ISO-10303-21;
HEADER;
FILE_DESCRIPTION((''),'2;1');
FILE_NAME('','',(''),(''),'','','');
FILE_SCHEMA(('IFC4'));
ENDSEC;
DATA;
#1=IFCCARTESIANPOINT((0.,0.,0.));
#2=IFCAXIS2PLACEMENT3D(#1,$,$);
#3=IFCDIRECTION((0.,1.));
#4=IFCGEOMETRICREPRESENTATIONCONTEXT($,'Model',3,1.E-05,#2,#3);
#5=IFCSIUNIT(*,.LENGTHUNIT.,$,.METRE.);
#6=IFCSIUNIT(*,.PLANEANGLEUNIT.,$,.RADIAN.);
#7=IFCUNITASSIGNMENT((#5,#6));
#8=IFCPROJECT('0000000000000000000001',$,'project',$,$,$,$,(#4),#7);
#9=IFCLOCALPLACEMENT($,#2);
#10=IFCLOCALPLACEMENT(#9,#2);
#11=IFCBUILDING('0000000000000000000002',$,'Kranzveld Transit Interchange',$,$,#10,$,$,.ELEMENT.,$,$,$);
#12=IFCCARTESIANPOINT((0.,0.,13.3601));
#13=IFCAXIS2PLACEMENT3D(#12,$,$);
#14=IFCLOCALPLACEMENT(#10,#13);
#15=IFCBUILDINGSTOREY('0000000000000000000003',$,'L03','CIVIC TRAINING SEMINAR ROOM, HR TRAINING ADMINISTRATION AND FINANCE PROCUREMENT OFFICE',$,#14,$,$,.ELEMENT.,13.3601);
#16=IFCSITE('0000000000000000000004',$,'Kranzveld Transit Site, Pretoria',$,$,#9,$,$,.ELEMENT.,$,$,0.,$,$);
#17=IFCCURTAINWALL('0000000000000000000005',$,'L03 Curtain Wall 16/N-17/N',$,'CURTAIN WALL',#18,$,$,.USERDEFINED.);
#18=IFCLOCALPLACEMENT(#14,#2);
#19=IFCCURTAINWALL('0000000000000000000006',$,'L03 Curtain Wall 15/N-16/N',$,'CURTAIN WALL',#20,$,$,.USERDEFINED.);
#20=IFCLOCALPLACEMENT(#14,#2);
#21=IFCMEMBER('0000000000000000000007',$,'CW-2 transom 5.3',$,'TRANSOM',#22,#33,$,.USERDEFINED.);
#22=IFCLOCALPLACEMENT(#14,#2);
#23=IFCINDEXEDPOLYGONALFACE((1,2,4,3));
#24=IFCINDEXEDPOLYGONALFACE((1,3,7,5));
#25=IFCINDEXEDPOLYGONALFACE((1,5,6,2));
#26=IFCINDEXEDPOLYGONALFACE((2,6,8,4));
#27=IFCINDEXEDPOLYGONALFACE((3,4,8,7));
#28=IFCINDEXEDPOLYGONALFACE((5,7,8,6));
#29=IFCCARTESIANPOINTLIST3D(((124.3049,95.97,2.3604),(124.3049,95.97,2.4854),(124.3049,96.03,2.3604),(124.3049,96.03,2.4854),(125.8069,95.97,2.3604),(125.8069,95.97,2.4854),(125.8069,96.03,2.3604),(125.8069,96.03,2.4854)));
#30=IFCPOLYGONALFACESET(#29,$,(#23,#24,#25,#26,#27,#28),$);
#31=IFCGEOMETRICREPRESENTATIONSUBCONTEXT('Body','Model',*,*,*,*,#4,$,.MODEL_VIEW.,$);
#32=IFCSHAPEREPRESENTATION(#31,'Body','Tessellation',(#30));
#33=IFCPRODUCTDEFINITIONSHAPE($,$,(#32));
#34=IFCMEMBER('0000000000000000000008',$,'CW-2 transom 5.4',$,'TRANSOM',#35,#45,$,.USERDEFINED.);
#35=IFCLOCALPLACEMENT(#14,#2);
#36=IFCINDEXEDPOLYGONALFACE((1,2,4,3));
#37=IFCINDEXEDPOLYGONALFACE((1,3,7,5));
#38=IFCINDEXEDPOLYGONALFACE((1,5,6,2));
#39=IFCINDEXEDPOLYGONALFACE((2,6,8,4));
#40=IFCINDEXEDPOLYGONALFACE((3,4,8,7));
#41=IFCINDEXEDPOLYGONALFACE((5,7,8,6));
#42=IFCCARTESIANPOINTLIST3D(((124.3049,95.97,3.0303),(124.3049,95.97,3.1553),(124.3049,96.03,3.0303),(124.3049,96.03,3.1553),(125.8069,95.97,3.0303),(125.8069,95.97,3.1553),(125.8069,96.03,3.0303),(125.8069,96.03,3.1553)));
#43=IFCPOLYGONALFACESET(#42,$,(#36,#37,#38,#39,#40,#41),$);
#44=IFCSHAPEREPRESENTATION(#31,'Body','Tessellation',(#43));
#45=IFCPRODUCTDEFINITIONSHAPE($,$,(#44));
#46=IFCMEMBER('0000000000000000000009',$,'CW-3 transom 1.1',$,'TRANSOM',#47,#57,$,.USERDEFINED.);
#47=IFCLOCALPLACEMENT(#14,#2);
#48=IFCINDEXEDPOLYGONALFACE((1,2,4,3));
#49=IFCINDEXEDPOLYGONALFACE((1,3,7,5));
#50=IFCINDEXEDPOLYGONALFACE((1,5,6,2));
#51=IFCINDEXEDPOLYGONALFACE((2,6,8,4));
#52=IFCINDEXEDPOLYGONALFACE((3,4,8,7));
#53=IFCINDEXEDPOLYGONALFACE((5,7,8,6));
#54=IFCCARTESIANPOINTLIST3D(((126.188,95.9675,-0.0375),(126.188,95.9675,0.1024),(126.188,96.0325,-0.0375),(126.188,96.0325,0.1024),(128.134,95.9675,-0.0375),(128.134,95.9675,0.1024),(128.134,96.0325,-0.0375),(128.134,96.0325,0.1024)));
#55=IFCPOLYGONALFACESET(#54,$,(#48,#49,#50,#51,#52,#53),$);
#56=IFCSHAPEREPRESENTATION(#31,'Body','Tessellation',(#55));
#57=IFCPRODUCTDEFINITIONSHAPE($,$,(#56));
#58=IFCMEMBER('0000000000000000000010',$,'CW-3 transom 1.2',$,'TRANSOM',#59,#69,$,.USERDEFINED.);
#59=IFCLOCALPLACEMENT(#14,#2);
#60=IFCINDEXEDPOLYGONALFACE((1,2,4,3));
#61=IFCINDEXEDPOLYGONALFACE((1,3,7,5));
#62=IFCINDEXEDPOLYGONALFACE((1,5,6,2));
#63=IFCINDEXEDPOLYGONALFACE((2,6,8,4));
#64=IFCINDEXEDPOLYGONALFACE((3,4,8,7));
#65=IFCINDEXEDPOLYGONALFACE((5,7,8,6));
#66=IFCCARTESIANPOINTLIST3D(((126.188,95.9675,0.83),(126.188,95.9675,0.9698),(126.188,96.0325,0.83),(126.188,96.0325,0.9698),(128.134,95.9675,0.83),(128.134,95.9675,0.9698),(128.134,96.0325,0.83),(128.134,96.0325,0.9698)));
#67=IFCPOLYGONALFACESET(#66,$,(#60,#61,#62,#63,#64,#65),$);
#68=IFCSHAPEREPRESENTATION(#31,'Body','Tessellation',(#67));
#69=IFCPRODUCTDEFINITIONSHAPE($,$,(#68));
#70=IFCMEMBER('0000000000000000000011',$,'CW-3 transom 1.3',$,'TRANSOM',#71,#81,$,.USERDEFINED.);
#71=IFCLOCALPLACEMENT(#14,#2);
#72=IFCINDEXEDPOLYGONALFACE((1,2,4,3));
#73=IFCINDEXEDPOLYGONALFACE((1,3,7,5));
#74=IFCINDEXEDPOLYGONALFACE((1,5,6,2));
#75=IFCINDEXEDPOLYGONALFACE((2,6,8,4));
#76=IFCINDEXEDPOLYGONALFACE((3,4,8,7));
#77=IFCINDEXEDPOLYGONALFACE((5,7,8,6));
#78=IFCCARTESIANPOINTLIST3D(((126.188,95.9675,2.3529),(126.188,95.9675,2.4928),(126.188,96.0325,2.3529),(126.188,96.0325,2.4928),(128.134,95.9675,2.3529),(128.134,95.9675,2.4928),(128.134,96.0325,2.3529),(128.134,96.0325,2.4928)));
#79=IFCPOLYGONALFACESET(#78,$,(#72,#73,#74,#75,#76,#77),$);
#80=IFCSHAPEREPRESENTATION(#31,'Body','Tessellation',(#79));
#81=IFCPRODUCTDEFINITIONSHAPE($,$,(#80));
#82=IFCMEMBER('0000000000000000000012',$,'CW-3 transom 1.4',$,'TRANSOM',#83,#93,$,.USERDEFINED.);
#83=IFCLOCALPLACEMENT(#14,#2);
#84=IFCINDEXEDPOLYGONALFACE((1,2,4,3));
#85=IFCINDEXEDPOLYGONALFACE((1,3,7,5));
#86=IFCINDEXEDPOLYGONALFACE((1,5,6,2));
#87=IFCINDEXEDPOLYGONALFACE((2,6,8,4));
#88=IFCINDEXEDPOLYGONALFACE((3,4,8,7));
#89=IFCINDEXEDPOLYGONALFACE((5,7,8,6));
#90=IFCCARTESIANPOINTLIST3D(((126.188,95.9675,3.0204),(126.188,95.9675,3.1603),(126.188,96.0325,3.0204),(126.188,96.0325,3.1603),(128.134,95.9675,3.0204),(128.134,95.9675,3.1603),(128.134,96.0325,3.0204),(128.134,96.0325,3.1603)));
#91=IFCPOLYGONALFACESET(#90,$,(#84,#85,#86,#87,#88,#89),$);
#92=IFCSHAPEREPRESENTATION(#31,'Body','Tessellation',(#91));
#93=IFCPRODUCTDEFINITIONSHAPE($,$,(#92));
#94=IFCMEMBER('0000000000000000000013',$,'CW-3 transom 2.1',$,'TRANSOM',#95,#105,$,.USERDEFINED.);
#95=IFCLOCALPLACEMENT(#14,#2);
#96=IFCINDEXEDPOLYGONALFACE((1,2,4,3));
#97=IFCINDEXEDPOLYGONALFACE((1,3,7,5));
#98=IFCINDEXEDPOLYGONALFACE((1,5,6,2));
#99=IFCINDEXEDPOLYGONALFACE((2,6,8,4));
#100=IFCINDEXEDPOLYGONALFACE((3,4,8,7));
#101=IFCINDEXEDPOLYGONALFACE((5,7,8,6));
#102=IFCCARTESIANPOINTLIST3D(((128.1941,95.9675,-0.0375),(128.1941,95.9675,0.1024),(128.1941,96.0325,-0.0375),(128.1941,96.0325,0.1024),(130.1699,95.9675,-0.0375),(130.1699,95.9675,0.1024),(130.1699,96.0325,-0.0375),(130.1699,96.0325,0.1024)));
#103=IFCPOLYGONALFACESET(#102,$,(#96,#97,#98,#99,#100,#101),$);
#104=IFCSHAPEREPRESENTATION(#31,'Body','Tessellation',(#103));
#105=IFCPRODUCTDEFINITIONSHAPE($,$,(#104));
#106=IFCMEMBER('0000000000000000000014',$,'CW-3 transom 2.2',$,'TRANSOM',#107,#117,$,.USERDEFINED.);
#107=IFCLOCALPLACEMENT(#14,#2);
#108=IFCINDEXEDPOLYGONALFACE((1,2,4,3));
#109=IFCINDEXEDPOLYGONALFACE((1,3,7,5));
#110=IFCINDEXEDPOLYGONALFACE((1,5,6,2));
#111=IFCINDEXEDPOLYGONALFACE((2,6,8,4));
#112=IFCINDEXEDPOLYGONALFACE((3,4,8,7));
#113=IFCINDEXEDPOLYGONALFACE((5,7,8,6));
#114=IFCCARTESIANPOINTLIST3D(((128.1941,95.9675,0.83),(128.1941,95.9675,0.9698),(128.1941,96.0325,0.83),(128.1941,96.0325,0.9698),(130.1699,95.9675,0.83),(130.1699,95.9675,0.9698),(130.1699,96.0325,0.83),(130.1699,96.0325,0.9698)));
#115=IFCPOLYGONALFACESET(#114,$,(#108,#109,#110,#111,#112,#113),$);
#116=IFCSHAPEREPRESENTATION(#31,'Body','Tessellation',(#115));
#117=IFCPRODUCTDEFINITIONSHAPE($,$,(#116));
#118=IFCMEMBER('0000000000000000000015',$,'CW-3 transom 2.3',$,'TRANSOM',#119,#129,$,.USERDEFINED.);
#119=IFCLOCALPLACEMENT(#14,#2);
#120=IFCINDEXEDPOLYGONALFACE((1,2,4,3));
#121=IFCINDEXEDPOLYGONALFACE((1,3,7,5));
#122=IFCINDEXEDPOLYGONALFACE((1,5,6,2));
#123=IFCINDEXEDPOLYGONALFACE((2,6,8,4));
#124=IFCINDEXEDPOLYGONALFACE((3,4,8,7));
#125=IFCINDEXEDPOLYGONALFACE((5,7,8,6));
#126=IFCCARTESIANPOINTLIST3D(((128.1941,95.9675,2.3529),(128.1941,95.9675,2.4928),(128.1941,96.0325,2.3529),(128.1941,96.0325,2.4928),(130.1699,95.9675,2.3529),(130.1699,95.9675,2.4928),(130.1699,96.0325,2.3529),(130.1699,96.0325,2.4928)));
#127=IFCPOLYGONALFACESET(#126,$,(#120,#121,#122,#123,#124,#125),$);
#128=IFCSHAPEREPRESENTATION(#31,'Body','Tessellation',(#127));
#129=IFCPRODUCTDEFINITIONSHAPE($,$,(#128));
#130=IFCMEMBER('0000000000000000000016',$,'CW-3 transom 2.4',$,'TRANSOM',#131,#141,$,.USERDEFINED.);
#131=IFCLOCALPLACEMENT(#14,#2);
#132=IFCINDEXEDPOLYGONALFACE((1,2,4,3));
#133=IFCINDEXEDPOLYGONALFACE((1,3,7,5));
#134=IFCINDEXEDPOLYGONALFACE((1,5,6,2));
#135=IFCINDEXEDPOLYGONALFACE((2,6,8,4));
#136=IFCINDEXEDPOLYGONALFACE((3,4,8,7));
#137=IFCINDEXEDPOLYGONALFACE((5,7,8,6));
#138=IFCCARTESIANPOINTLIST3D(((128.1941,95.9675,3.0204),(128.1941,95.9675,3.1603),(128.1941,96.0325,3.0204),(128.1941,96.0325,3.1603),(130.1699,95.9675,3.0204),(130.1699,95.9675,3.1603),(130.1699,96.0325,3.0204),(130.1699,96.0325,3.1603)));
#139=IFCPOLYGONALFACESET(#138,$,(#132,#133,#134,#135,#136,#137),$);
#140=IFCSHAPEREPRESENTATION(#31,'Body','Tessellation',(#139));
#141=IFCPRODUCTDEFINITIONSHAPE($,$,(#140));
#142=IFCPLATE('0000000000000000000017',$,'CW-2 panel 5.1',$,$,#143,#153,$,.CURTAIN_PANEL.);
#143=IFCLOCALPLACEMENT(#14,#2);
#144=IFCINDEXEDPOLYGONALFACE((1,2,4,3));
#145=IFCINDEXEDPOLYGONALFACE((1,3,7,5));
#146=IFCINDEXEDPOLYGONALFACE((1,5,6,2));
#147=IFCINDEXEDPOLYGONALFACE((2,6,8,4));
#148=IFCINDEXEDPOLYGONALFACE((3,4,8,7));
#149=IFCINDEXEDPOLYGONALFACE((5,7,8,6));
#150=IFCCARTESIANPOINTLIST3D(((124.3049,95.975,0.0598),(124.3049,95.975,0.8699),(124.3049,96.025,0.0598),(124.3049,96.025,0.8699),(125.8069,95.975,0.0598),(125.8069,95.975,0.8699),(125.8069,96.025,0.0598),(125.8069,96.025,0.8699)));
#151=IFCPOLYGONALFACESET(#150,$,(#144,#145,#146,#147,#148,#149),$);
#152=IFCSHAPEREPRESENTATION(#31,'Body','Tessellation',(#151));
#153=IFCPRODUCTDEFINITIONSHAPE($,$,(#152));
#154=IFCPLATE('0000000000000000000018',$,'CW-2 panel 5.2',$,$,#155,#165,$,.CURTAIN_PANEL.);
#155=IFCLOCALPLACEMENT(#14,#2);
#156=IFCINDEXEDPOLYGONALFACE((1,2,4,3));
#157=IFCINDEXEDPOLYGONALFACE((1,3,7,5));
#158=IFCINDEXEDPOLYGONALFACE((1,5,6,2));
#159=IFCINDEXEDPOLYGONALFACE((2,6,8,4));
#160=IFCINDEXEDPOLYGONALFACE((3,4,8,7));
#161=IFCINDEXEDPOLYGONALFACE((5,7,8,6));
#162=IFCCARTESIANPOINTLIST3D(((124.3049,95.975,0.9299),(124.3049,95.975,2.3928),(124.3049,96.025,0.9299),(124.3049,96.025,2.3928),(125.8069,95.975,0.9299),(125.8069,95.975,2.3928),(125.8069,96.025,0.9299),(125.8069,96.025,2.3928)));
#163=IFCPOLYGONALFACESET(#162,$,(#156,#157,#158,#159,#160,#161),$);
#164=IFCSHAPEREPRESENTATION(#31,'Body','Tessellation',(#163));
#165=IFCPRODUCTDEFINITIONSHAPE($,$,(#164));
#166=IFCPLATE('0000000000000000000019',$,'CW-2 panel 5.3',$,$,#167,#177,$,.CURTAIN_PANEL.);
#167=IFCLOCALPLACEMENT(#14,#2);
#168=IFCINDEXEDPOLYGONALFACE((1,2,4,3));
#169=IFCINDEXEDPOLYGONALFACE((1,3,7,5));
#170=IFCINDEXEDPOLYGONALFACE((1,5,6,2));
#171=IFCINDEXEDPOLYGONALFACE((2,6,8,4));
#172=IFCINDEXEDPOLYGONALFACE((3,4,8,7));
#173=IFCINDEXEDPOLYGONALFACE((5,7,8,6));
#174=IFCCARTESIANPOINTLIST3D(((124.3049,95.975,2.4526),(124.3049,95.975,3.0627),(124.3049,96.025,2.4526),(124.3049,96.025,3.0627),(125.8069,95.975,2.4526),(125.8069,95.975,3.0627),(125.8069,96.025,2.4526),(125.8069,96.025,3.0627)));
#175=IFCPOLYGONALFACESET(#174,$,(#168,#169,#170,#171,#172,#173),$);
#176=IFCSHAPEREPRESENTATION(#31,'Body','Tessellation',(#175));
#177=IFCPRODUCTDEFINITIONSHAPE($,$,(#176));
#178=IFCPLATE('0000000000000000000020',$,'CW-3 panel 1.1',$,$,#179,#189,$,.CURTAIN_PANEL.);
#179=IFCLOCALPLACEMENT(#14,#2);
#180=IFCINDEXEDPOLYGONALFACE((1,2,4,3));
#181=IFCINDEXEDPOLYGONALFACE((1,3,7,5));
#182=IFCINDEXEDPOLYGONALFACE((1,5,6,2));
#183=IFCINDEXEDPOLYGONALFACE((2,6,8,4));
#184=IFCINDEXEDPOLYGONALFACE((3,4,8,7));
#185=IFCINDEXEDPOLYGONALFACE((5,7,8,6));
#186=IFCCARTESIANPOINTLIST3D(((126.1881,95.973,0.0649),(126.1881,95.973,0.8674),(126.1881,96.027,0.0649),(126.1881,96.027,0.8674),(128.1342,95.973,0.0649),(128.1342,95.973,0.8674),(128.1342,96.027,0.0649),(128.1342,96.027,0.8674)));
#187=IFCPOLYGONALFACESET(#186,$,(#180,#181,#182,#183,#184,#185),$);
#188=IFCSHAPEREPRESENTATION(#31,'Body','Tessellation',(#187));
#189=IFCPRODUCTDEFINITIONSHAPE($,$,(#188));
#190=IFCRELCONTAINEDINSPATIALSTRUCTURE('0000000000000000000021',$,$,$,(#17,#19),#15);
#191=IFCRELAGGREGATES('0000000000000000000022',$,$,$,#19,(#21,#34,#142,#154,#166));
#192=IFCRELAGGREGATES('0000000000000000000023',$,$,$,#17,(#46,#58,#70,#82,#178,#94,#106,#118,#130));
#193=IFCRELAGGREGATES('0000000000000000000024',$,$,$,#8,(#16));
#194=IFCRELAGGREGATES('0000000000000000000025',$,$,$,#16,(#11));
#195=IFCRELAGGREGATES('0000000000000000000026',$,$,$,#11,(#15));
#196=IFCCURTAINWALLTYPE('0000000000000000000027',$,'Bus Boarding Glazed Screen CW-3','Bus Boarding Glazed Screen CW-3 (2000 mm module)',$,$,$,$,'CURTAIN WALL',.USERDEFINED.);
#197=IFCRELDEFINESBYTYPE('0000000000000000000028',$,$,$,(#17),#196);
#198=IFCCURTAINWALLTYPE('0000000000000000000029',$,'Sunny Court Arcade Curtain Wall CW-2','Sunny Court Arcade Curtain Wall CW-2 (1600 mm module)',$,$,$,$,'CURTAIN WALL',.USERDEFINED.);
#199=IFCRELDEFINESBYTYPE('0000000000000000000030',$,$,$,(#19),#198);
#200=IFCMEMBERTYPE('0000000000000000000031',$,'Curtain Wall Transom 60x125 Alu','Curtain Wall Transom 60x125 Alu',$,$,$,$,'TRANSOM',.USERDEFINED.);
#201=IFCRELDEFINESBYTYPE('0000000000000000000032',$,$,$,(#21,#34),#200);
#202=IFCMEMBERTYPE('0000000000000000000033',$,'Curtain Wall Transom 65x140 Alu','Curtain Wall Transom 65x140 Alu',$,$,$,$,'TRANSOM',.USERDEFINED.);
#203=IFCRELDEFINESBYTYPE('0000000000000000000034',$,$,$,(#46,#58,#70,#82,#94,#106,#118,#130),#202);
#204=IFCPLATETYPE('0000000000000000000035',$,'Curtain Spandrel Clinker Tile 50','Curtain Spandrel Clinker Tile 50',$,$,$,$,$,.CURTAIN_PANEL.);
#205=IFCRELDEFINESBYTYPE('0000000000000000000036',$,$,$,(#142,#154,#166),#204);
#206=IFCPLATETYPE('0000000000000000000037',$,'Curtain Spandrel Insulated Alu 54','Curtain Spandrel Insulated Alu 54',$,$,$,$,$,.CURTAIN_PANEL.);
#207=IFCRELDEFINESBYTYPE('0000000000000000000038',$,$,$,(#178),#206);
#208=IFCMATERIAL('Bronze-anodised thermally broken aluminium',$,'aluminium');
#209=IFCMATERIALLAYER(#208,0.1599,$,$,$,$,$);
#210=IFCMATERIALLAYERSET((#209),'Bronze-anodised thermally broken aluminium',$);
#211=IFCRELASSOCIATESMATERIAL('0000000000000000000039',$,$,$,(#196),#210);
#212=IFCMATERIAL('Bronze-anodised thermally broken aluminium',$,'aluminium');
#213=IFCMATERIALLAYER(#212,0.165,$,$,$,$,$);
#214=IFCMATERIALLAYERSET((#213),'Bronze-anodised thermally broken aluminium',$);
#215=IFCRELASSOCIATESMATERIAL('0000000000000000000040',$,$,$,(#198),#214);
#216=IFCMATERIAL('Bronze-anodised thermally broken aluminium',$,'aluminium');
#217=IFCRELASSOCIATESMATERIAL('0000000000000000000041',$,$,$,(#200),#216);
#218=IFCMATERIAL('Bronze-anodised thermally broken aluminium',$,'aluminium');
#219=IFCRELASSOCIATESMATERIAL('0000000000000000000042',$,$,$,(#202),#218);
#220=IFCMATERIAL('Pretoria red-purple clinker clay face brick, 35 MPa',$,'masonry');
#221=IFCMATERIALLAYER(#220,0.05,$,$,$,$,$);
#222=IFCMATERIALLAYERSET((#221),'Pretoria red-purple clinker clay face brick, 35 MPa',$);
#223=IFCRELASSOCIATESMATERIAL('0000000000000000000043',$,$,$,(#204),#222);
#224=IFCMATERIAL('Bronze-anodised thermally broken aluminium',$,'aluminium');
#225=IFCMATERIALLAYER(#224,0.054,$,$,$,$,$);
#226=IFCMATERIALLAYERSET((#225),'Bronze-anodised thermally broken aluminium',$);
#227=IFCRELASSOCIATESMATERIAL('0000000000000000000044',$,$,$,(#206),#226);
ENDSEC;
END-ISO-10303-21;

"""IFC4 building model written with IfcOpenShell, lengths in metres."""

from ifc_helpers import new_model, si_unit, direction, frame, origin, origin_2d, place, context, subcontext, project, spatial, rectangle, extrude, material, layer, layer_set, material_profile, profile_set, type_object, element, aggregate, save


model = new_model("IFC4")

# Units and contexts
model_context = context("Model", 3, precision=1e-05, world=origin(), true_north=direction((0.0, 1.0)))
body_context = subcontext(model_context, "Body", "Model", "MODEL_VIEW")
ifc_project = project(units=[si_unit("LENGTHUNIT", "METRE"), si_unit("PLANEANGLEUNIT", "RADIAN")], contexts=[model_context])

# Site, building, storey
site_placement = place(None, origin())
site = spatial("IfcSite", under=ifc_project, at=site_placement, Name="Kranzveld Transit Site, Pretoria", CompositionType="ELEMENT", RefElevation=0.0)
building_placement = place(site_placement, origin())
building = spatial("IfcBuilding", under=site, at=building_placement, Name="Kranzveld Transit Interchange", CompositionType="ELEMENT")
storey_placement = place(building_placement, frame((0.0, 0.0, 13.3601)))
storey = spatial("IfcBuildingStorey", under=building, at=storey_placement, Name="L03", Description="CIVIC TRAINING SEMINAR ROOM, HR TRAINING ADMINISTRATION AND FINANCE PROCUREMENT OFFICE", CompositionType="ELEMENT", Elevation=13.3601)

# Curtain walls, members
ifc_material_1 = material(Name="Bronze-anodised thermally broken aluminium", Category="aluminium")
ifc_layer_1 = layer(ifc_material_1, 0.1599)
ifc_layer_set_1 = layer_set([ifc_layer_1], Name="Bronze-anodised thermally broken aluminium")
curtain_wall_type_1 = type_object("IfcCurtainWallType", Name="Bus Boarding Glazed Screen CW-3", Description="Bus Boarding Glazed Screen CW-3 (2000 mm module)", ElementType="CURTAIN WALL", PredefinedType="USERDEFINED", material=ifc_layer_set_1)
curtain_wall_1_placement = place(storey_placement, origin())
curtain_wall_1 = element("IfcCurtainWall", 1, at=curtain_wall_1_placement, inside=storey, type_object=curtain_wall_type_1, Name="L03 Curtain Wall 16/N-17/N", ObjectType="CURTAIN WALL", PredefinedType="USERDEFINED")
ifc_material_2 = material(Name="Bronze-anodised thermally broken aluminium", Category="aluminium")
ifc_layer_2 = layer(ifc_material_2, 0.165)
ifc_layer_set_2 = layer_set([ifc_layer_2], Name="Bronze-anodised thermally broken aluminium")
curtain_wall_type_2 = type_object("IfcCurtainWallType", Name="Sunny Court Arcade Curtain Wall CW-2", Description="Sunny Court Arcade Curtain Wall CW-2 (1600 mm module)", ElementType="CURTAIN WALL", PredefinedType="USERDEFINED", material=ifc_layer_set_2)
curtain_wall_2_placement = place(storey_placement, origin())
curtain_wall_2 = element("IfcCurtainWall", 2, at=curtain_wall_2_placement, inside=storey, type_object=curtain_wall_type_2, Name="L03 Curtain Wall 15/N-16/N", ObjectType="CURTAIN WALL", PredefinedType="USERDEFINED")
ifc_material_3 = material(Name="Bronze-anodised thermally broken aluminium", Category="aluminium")
ifc_material_profile_1 = material_profile(ifc_material_3, rectangle(XDim=0.0601, YDim=0.125, at=origin_2d()), Name="ALU TRANSOM 60x125")
ifc_profile_set_1 = profile_set([ifc_material_profile_1], Name="Bronze-anodised thermally broken aluminium")
member_type_1 = type_object("IfcMemberType", Name="Curtain Wall Transom 60x125 Alu", Description="Curtain Wall Transom 60x125 Alu", ElementType="TRANSOM", PredefinedType="USERDEFINED", material=ifc_profile_set_1)
member_1_placement = place(storey_placement, frame((124.3049, 96.0, 2.4229), z_axis=(1.0, 0.0, 0.0), x_axis=(0.0, 1.0, 0.0)))
member_1 = element("IfcMember", 3, at=member_1_placement, type_object=member_type_1, Name="CW-2 transom 5.3", ObjectType="TRANSOM", PredefinedType="USERDEFINED", context=body_context, shape_type="SweptSolid", body=[
    extrude(rectangle(XDim=0.0601, YDim=0.125, at=origin_2d()), origin(), (0.0, 0.0, 1.0), 1.502),
])
member_2_placement = place(storey_placement, frame((124.3049, 96.0, 3.0928), z_axis=(1.0, 0.0, 0.0), x_axis=(0.0, 1.0, 0.0)))
member_2 = element("IfcMember", 4, at=member_2_placement, type_object=member_type_1, Name="CW-2 transom 5.4", ObjectType="TRANSOM", PredefinedType="USERDEFINED", context=body_context, shape_type="SweptSolid", body=[
    extrude(rectangle(XDim=0.0601, YDim=0.125, at=origin_2d()), origin(), (0.0, 0.0, 1.0), 1.502),
])

# Members
ifc_material_4 = material(Name="Bronze-anodised thermally broken aluminium", Category="aluminium")
ifc_material_profile_2 = material_profile(ifc_material_4, rectangle(XDim=0.0649, YDim=0.1399, at=origin_2d()), Name="ALU TRANSOM 65x140")
ifc_profile_set_2 = profile_set([ifc_material_profile_2], Name="Bronze-anodised thermally broken aluminium")
member_type_2 = type_object("IfcMemberType", Name="Curtain Wall Transom 65x140 Alu", Description="Curtain Wall Transom 65x140 Alu", ElementType="TRANSOM", PredefinedType="USERDEFINED", material=ifc_profile_set_2)
member_3_placement = place(storey_placement, frame((126.188, 96.0, 0.0325), z_axis=(1.0, 0.0, 0.0), x_axis=(0.0, 1.0, 0.0)))
member_3 = element("IfcMember", 5, at=member_3_placement, type_object=member_type_2, Name="CW-3 transom 1.1", ObjectType="TRANSOM", PredefinedType="USERDEFINED", context=body_context, shape_type="SweptSolid", body=[
    extrude(rectangle(XDim=0.0649, YDim=0.1399, at=origin_2d()), origin(), (0.0, 0.0, 1.0), 1.946),
])
member_4_placement = place(storey_placement, frame((126.188, 96.0, 0.8999), z_axis=(1.0, 0.0, 0.0), x_axis=(0.0, 1.0, 0.0)))
member_4 = element("IfcMember", 6, at=member_4_placement, type_object=member_type_2, Name="CW-3 transom 1.2", ObjectType="TRANSOM", PredefinedType="USERDEFINED", context=body_context, shape_type="SweptSolid", body=[
    extrude(rectangle(XDim=0.0649, YDim=0.1399, at=origin_2d()), origin(), (0.0, 0.0, 1.0), 1.946),
])
member_5_placement = place(storey_placement, frame((126.188, 96.0, 2.4229), z_axis=(1.0, 0.0, 0.0), x_axis=(0.0, 1.0, 0.0)))
member_5 = element("IfcMember", 7, at=member_5_placement, type_object=member_type_2, Name="CW-3 transom 1.3", ObjectType="TRANSOM", PredefinedType="USERDEFINED", context=body_context, shape_type="SweptSolid", body=[
    extrude(rectangle(XDim=0.0649, YDim=0.1399, at=origin_2d()), origin(), (0.0, 0.0, 1.0), 1.946),
])
member_6_placement = place(storey_placement, frame((126.188, 96.0, 3.0903), z_axis=(1.0, 0.0, 0.0), x_axis=(0.0, 1.0, 0.0)))
member_6 = element("IfcMember", 8, at=member_6_placement, type_object=member_type_2, Name="CW-3 transom 1.4", ObjectType="TRANSOM", PredefinedType="USERDEFINED", context=body_context, shape_type="SweptSolid", body=[
    extrude(rectangle(XDim=0.0649, YDim=0.1399, at=origin_2d()), origin(), (0.0, 0.0, 1.0), 1.946),
])
member_7_placement = place(storey_placement, frame((128.1941, 96.0, 0.0325), z_axis=(1.0, 0.0, 0.0), x_axis=(0.0, 1.0, 0.0)))
member_7 = element("IfcMember", 9, at=member_7_placement, type_object=member_type_2, Name="CW-3 transom 2.1", ObjectType="TRANSOM", PredefinedType="USERDEFINED", context=body_context, shape_type="SweptSolid", body=[
    extrude(rectangle(XDim=0.0649, YDim=0.1399, at=origin_2d()), origin(), (0.0, 0.0, 1.0), 1.9758),
])
member_8_placement = place(storey_placement, frame((128.1941, 96.0, 0.8999), z_axis=(1.0, 0.0, 0.0), x_axis=(0.0, 1.0, 0.0)))
member_8 = element("IfcMember", 10, at=member_8_placement, type_object=member_type_2, Name="CW-3 transom 2.2", ObjectType="TRANSOM", PredefinedType="USERDEFINED", context=body_context, shape_type="SweptSolid", body=[
    extrude(rectangle(XDim=0.0649, YDim=0.1399, at=origin_2d()), origin(), (0.0, 0.0, 1.0), 1.9758),
])
member_9_placement = place(storey_placement, frame((128.1941, 96.0, 2.4229), z_axis=(1.0, 0.0, 0.0), x_axis=(0.0, 1.0, 0.0)))
member_9 = element("IfcMember", 11, at=member_9_placement, type_object=member_type_2, Name="CW-3 transom 2.3", ObjectType="TRANSOM", PredefinedType="USERDEFINED", context=body_context, shape_type="SweptSolid", body=[
    extrude(rectangle(XDim=0.0649, YDim=0.1399, at=origin_2d()), origin(), (0.0, 0.0, 1.0), 1.9758),
])
member_10_placement = place(storey_placement, frame((128.1941, 96.0, 3.0903), z_axis=(1.0, 0.0, 0.0), x_axis=(0.0, 1.0, 0.0)))
member_10 = element("IfcMember", 12, at=member_10_placement, type_object=member_type_2, Name="CW-3 transom 2.4", ObjectType="TRANSOM", PredefinedType="USERDEFINED", context=body_context, shape_type="SweptSolid", body=[
    extrude(rectangle(XDim=0.0649, YDim=0.1399, at=origin_2d()), origin(), (0.0, 0.0, 1.0), 1.9758),
])

# Plates
ifc_material_5 = material(Name="Pretoria red-purple clinker clay face brick, 35 MPa", Category="masonry")
ifc_layer_3 = layer(ifc_material_5, 0.05)
ifc_layer_set_3 = layer_set([ifc_layer_3], Name="Pretoria red-purple clinker clay face brick, 35 MPa")
plate_type_1 = type_object("IfcPlateType", Name="Curtain Spandrel Clinker Tile 50", Description="Curtain Spandrel Clinker Tile 50", PredefinedType="CURTAIN_PANEL", material=ifc_layer_set_3)
plate_1_placement = place(storey_placement, frame((125.0559, 96.0, 0.0598), z_axis=(0.0, 0.0, 1.0), x_axis=(1.0, 0.0, 0.0)))
plate_1 = element("IfcPlate", 13, at=plate_1_placement, type_object=plate_type_1, Name="CW-2 panel 5.1", PredefinedType="CURTAIN_PANEL", context=body_context, shape_type="SweptSolid", body=[
    extrude(rectangle(XDim=1.502, YDim=0.05, at=origin_2d()), origin(), (0.0, 0.0, 1.0), 0.8101),
])
plate_2_placement = place(storey_placement, frame((125.0559, 96.0, 0.9299), z_axis=(0.0, 0.0, 1.0), x_axis=(1.0, 0.0, 0.0)))
plate_2 = element("IfcPlate", 14, at=plate_2_placement, type_object=plate_type_1, Name="CW-2 panel 5.2", PredefinedType="CURTAIN_PANEL", context=body_context, shape_type="SweptSolid", body=[
    extrude(rectangle(XDim=1.502, YDim=0.05, at=origin_2d()), origin(), (0.0, 0.0, 1.0), 1.4629),
])
plate_3_placement = place(storey_placement, frame((125.0559, 96.0, 2.4526), z_axis=(0.0, 0.0, 1.0), x_axis=(1.0, 0.0, 0.0)))
plate_3 = element("IfcPlate", 15, at=plate_3_placement, type_object=plate_type_1, Name="CW-2 panel 5.3", PredefinedType="CURTAIN_PANEL", context=body_context, shape_type="SweptSolid", body=[
    extrude(rectangle(XDim=1.502, YDim=0.05, at=origin_2d()), origin(), (0.0, 0.0, 1.0), 0.6101),
])
aggregate(curtain_wall_2, [member_1, member_2, plate_1, plate_2, plate_3])
ifc_material_6 = material(Name="Bronze-anodised thermally broken aluminium", Category="aluminium")
ifc_layer_4 = layer(ifc_material_6, 0.054)
ifc_layer_set_4 = layer_set([ifc_layer_4], Name="Bronze-anodised thermally broken aluminium")
plate_type_2 = type_object("IfcPlateType", Name="Curtain Spandrel Insulated Alu 54", Description="Curtain Spandrel Insulated Alu 54", PredefinedType="CURTAIN_PANEL", material=ifc_layer_set_4)
plate_4_placement = place(storey_placement, frame((127.1611, 96.0, 0.0649), z_axis=(0.0, 0.0, 1.0), x_axis=(1.0, 0.0, 0.0)))
plate_4 = element("IfcPlate", 16, at=plate_4_placement, type_object=plate_type_2, Name="CW-3 panel 1.1", PredefinedType="CURTAIN_PANEL", context=body_context, shape_type="SweptSolid", body=[
    extrude(rectangle(XDim=1.946, YDim=0.054, at=origin_2d()), origin(), (0.0, 0.0, 1.0), 0.8025),
])
aggregate(curtain_wall_1, [member_3, member_4, member_5, member_6, plate_4, member_7, member_8, member_9, member_10])

save(model, "model.ifc")
